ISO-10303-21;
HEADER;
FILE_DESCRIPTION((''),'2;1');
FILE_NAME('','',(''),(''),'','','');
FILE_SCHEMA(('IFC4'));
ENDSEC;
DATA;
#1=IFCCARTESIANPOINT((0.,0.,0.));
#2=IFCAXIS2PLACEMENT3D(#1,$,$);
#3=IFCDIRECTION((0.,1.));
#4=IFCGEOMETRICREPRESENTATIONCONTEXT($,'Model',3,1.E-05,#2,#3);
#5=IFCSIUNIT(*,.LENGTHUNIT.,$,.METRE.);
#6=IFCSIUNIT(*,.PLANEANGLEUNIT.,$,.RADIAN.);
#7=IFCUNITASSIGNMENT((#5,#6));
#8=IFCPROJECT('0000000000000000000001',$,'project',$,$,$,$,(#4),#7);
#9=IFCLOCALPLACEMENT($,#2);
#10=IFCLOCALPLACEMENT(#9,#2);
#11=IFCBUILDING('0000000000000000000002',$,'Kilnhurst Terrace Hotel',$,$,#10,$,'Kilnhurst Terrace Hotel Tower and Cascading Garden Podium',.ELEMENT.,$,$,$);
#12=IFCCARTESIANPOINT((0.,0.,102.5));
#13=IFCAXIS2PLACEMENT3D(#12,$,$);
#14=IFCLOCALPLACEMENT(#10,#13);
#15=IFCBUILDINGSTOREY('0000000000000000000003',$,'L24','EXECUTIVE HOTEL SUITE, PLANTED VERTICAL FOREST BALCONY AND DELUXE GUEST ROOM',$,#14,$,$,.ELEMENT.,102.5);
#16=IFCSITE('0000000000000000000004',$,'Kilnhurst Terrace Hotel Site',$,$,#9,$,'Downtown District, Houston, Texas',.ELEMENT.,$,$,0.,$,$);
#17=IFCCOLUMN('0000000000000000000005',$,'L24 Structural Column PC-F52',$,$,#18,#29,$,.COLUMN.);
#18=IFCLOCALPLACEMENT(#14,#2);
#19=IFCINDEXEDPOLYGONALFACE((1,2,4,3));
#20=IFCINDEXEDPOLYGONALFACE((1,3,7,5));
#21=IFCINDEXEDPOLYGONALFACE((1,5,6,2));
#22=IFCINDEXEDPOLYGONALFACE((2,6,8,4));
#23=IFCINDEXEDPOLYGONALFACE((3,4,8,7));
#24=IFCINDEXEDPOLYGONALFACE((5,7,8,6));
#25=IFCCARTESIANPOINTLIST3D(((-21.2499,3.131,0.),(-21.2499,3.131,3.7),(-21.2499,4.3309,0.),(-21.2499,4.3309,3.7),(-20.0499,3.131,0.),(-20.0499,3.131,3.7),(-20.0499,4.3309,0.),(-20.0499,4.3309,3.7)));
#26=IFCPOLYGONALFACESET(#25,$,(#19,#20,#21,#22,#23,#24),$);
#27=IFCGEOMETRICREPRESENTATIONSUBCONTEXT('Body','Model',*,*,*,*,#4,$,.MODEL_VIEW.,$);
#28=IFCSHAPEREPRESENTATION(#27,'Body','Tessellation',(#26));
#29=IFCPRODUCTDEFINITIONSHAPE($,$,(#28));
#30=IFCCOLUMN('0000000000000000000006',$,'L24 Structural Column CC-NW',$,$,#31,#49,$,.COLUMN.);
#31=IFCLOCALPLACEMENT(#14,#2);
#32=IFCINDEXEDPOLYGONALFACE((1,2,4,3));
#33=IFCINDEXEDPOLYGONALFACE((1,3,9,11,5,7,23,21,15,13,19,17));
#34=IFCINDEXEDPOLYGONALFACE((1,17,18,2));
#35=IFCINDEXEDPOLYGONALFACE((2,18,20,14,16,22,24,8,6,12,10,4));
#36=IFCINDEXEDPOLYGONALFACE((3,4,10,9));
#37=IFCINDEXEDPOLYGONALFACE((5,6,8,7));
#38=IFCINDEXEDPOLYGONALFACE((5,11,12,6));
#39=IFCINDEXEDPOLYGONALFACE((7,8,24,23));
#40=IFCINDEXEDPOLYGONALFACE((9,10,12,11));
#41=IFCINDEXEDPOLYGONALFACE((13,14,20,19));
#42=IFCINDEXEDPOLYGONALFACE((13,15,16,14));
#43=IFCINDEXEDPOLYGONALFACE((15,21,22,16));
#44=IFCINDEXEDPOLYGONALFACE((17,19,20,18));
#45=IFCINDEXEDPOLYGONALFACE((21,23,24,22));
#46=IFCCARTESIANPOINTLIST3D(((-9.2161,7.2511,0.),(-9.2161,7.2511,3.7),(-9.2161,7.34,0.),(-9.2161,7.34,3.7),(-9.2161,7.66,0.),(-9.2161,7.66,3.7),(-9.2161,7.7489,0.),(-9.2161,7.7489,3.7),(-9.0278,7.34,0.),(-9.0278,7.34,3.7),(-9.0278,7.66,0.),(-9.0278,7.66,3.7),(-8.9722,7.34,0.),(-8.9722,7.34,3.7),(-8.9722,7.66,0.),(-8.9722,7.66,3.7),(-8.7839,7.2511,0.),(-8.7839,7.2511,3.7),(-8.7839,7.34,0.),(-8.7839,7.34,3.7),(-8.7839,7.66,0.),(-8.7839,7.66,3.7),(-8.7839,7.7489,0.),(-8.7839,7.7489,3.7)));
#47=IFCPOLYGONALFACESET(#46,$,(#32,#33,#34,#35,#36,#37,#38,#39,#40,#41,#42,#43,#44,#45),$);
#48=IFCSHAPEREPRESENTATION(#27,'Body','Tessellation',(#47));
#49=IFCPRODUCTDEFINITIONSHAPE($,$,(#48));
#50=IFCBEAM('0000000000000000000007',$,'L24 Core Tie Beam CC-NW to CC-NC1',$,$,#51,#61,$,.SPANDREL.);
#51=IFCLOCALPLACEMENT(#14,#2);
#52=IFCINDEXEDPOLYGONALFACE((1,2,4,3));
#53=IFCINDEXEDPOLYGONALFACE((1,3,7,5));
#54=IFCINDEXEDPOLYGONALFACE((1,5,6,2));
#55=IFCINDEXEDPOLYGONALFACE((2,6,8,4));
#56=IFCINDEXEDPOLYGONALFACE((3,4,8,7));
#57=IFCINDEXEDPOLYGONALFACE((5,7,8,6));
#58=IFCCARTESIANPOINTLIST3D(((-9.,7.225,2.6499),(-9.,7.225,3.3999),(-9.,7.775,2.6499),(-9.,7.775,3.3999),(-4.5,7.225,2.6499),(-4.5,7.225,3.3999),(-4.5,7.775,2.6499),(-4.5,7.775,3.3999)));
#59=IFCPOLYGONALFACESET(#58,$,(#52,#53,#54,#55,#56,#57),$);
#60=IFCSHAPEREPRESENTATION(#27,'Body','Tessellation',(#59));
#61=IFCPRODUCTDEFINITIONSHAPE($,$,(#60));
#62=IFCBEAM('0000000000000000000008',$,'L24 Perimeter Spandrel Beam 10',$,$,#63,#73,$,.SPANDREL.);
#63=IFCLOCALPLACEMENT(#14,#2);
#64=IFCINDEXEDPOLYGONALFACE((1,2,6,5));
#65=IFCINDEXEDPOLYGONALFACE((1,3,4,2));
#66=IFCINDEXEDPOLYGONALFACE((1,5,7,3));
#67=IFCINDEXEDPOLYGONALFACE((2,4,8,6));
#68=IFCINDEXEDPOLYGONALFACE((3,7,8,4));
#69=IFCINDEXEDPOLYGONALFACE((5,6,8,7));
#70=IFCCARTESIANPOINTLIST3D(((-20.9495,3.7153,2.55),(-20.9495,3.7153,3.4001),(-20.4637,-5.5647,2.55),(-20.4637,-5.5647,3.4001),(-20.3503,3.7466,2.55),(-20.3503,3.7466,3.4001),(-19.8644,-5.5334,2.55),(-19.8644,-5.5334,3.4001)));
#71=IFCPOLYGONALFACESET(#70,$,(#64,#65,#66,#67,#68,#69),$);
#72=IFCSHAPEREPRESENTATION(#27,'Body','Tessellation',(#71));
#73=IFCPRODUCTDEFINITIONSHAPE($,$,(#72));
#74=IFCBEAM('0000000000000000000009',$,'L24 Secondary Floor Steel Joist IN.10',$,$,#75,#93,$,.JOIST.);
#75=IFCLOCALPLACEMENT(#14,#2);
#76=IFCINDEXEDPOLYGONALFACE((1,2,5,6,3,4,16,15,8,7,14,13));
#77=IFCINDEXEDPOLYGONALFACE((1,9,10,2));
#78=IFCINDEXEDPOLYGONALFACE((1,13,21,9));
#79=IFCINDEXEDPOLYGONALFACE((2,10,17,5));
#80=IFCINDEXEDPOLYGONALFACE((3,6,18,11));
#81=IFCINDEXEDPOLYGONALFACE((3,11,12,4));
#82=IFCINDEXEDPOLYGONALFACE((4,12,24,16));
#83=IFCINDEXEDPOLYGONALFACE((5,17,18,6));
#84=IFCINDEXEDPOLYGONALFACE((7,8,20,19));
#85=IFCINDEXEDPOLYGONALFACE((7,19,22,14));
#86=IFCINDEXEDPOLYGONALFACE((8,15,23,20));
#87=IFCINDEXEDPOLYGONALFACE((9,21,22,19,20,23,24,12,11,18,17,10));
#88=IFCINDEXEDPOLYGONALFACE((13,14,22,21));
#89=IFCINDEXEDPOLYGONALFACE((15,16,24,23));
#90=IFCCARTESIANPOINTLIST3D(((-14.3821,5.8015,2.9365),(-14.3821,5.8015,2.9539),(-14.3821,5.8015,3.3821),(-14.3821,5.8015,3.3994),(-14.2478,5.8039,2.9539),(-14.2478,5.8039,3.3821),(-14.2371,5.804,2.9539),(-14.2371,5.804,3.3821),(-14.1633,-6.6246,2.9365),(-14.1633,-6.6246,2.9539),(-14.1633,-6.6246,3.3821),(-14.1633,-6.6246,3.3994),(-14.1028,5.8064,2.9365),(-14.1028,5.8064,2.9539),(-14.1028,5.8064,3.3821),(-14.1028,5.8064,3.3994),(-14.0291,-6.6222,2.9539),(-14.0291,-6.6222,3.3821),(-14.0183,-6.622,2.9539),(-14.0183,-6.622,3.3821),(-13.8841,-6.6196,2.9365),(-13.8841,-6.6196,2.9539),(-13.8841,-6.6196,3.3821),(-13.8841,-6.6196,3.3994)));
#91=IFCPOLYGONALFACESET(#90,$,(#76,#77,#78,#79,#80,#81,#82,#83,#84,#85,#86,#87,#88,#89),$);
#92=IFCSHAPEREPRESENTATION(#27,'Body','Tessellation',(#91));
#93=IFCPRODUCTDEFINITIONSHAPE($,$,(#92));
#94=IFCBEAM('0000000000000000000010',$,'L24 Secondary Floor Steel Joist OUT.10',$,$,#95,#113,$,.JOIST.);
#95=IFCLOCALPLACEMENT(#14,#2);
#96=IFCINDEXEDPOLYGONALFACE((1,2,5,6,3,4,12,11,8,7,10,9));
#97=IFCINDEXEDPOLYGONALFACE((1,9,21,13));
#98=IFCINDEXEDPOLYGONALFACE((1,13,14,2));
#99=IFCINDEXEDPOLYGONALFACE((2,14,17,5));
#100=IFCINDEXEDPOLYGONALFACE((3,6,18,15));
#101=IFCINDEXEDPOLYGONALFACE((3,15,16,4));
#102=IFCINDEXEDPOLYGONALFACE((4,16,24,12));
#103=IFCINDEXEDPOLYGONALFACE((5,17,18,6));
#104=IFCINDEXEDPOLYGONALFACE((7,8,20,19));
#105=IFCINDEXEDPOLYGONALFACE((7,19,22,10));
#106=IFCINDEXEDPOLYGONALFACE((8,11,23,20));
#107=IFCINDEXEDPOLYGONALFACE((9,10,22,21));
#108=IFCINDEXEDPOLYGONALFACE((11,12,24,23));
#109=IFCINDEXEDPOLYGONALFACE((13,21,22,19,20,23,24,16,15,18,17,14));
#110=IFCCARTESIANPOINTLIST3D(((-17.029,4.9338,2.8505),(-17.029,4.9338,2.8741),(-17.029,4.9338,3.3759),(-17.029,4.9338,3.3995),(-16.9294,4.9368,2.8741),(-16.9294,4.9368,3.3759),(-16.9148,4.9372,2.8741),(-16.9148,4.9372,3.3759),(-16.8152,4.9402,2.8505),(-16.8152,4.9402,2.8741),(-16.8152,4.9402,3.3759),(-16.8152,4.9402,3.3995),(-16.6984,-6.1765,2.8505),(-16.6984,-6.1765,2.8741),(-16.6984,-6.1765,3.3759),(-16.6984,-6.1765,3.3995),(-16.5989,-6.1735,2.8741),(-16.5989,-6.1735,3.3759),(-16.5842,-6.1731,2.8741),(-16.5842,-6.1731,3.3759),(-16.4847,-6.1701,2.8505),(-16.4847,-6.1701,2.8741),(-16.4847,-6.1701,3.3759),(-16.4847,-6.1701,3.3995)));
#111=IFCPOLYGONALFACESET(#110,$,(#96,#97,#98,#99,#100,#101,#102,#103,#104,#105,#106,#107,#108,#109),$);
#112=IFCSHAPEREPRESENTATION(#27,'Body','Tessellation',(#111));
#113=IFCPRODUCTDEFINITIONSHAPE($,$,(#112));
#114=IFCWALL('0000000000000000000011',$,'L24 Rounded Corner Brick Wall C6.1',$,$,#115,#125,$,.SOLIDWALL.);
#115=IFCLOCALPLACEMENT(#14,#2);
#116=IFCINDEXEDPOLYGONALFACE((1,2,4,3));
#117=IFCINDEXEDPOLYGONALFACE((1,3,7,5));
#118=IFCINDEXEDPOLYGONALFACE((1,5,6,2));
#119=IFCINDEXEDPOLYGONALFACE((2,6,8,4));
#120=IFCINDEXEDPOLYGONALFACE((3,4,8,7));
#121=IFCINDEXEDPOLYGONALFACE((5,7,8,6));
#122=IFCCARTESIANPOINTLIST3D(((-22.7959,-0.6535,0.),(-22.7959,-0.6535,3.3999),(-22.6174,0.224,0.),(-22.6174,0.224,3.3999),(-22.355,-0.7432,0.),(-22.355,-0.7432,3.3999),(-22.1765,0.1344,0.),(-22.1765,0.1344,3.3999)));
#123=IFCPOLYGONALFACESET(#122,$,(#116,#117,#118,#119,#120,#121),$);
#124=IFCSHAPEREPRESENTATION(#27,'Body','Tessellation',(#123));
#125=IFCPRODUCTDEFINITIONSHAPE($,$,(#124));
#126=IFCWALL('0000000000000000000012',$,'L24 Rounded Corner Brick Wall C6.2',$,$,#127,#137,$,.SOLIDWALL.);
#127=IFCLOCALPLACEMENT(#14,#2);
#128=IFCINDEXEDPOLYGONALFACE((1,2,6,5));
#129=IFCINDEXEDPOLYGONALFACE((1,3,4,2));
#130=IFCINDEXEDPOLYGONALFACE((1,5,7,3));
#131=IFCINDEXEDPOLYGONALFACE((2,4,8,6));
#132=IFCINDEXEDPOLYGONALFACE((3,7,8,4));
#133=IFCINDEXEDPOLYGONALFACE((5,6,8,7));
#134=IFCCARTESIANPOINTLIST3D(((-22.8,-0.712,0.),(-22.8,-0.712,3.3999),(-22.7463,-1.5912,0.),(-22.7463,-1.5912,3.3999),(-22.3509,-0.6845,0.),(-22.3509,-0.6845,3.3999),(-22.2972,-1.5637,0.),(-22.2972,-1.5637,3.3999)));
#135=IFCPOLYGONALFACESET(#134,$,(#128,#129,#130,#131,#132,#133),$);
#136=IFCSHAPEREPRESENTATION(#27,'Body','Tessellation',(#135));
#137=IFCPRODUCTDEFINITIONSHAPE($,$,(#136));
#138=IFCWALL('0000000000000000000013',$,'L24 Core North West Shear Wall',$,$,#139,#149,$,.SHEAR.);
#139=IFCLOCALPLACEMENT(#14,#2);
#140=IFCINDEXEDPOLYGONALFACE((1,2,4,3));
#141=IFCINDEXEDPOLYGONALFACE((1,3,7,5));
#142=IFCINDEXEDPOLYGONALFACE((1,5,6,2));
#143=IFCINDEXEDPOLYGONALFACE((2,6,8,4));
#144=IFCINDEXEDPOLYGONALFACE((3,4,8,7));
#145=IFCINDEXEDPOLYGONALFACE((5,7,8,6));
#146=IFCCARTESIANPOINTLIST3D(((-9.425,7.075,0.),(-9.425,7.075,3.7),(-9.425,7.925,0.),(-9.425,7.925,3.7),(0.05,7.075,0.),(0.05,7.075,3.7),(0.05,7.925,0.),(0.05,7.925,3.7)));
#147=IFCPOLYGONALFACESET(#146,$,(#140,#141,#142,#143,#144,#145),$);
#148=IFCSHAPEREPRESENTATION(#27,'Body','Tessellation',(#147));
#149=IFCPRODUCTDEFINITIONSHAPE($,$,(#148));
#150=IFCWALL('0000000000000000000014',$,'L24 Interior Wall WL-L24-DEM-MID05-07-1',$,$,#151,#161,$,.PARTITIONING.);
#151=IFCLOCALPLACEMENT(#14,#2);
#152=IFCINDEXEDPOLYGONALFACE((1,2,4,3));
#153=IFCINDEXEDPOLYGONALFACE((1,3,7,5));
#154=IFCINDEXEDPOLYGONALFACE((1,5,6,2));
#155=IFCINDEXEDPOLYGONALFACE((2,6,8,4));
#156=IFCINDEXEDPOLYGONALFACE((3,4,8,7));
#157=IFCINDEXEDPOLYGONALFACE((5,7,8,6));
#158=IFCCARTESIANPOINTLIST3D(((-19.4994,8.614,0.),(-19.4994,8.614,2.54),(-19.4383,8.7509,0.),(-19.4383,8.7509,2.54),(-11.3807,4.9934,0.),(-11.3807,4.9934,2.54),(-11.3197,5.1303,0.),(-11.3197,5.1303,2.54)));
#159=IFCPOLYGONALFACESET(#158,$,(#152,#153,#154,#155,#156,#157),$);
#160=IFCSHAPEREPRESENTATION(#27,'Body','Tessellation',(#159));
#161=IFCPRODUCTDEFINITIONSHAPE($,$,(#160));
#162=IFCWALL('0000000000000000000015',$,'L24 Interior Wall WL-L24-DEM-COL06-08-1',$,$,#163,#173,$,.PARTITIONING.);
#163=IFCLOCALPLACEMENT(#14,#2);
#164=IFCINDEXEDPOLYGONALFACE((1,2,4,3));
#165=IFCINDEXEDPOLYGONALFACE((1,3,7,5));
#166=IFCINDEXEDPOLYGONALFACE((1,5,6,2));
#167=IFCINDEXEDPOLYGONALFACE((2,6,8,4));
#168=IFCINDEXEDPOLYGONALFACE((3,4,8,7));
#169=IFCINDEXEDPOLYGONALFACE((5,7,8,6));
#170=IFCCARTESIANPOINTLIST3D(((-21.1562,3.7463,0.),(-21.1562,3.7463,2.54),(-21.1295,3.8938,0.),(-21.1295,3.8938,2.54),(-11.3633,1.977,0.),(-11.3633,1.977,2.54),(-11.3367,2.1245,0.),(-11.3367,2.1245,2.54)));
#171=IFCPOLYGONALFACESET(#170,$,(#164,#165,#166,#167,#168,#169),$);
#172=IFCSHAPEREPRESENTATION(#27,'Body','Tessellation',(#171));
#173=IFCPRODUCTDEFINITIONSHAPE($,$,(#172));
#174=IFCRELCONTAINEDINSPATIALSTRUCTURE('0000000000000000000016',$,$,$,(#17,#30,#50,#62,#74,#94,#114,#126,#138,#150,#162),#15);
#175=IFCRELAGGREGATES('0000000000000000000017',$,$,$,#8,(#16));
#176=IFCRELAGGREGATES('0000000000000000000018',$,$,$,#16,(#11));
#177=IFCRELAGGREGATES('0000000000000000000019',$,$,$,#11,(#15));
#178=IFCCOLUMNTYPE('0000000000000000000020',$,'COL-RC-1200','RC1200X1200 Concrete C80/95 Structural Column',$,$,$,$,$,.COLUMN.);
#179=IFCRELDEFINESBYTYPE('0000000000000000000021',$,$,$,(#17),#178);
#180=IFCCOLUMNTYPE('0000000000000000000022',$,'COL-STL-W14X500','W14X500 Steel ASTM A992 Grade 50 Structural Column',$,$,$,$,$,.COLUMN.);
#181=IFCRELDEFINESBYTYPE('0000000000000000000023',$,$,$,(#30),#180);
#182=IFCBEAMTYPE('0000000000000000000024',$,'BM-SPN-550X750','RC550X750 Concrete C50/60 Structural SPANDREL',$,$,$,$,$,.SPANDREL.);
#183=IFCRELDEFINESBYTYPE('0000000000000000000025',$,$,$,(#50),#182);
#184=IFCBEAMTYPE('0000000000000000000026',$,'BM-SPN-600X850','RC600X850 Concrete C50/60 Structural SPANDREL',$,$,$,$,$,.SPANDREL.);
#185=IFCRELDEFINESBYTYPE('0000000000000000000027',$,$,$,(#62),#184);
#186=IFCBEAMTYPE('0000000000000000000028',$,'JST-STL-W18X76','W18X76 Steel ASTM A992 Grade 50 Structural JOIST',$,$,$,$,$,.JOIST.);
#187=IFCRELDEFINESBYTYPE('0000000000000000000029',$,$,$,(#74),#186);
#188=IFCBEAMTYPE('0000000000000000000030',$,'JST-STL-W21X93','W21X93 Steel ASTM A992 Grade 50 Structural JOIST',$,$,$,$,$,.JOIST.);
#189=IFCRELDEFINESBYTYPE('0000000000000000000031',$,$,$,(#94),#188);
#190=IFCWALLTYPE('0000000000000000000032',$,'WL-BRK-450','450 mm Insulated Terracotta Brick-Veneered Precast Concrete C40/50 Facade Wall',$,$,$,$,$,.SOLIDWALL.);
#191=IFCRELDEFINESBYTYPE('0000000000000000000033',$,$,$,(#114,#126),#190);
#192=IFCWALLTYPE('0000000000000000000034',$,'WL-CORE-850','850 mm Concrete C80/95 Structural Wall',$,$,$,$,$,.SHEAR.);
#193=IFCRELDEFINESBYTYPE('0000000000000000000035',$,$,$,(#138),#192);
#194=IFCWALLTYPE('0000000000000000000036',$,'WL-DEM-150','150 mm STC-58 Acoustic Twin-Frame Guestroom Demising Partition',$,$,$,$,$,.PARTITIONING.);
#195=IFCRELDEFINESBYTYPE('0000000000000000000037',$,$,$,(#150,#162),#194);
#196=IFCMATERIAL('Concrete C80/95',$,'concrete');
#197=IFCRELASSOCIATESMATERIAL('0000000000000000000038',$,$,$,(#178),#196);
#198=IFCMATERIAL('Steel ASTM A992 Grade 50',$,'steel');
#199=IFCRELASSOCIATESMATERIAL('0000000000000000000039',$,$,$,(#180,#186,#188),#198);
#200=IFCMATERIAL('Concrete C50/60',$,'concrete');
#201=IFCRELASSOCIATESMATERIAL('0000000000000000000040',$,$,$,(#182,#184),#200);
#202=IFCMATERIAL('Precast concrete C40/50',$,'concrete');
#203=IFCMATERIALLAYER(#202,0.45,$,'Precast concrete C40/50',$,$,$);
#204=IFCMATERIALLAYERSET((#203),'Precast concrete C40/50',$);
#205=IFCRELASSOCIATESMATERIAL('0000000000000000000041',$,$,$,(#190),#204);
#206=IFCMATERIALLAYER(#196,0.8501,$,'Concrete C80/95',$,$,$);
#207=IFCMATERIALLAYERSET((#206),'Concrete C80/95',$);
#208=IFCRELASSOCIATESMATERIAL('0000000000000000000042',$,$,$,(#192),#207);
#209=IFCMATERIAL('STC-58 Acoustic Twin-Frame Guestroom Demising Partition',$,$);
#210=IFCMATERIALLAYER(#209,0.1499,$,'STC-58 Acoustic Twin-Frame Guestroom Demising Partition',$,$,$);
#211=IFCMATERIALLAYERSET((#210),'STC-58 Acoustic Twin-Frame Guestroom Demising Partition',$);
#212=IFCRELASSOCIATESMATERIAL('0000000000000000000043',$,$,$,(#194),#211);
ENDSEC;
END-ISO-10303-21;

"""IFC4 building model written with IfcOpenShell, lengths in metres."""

from ifc_helpers import new_model, si_unit, direction, frame, frame_2d, origin, origin_2d, place, context, subcontext, project, spatial, rectangle, i_section, extrude, material, layer, layer_set, material_profile, profile_set, type_object, element, save


model = new_model("IFC4")

# Units and contexts
model_context = context("Model", 3, precision=1e-05, world=origin(), true_north=direction((0.0, 1.0)))
body_context = subcontext(model_context, "Body", "Model", "MODEL_VIEW")
ifc_project = project(units=[si_unit("LENGTHUNIT", "METRE"), si_unit("PLANEANGLEUNIT", "RADIAN")], contexts=[model_context])

# Site, building, storey
site_placement = place(None, origin())
site = spatial("IfcSite", under=ifc_project, at=site_placement, Name="Kilnhurst Terrace Hotel Site", LongName="Downtown District, Houston, Texas", CompositionType="ELEMENT", RefElevation=0.0)
building_placement = place(site_placement, origin())
building = spatial("IfcBuilding", under=site, at=building_placement, Name="Kilnhurst Terrace Hotel", LongName="Kilnhurst Terrace Hotel Tower and Cascading Garden Podium", CompositionType="ELEMENT")
storey_placement = place(building_placement, frame((0.0, 0.0, 102.5)))
storey = spatial("IfcBuildingStorey", under=building, at=storey_placement, Name="L24", Description="EXECUTIVE HOTEL SUITE, PLANTED VERTICAL FOREST BALCONY AND DELUXE GUEST ROOM", CompositionType="ELEMENT", Elevation=102.5)

# Columns
ifc_material_1 = material(Name="Concrete C80/95", Category="concrete")
ifc_material_profile_1 = material_profile(ifc_material_1, rectangle(XDim=1.2, YDim=1.2, at=origin_2d()), Name="RC1200X1200")
ifc_profile_set_1 = profile_set([ifc_material_profile_1], Name="Concrete C80/95")
column_type_1 = type_object("IfcColumnType", Name="COL-RC-1200", Description="RC1200X1200 Concrete C80/95 Structural Column", PredefinedType="COLUMN", material=ifc_profile_set_1)
column_1_placement = place(storey_placement, frame((-20.6499, 3.731, 0.0), z_axis=(0.0, 0.0, 1.0), x_axis=(1.0, 0.0, 0.0)))
element("IfcColumn", 1, at=column_1_placement, inside=storey, type_object=column_type_1, Name="L24 Structural Column PC-F52", PredefinedType="COLUMN", context=body_context, shape_type="SweptSolid", body=[
    extrude(rectangle(XDim=1.2, YDim=1.2, at=origin_2d()), origin(), (0.0, 0.0, 1.0), 3.7),
])
ifc_material_2 = material(Name="Steel ASTM A992 Grade 50", Category="steel")
ifc_material_profile_2 = material_profile(ifc_material_2, i_section(OverallWidth=0.4321, OverallDepth=0.4978, WebThickness=0.0557, FlangeThickness=0.0889, at=origin_2d()), Name="W14X500")
ifc_profile_set_2 = profile_set([ifc_material_profile_2], Name="Steel ASTM A992 Grade 50")
column_type_2 = type_object("IfcColumnType", Name="COL-STL-W14X500", Description="W14X500 Steel ASTM A992 Grade 50 Structural Column", PredefinedType="COLUMN", material=ifc_profile_set_2)
column_2_placement = place(storey_placement, frame((-9.0, 7.5, 0.0), z_axis=(0.0, 0.0, 1.0), x_axis=(1.0, 0.0, 0.0)))
element("IfcColumn", 2, at=column_2_placement, inside=storey, type_object=column_type_2, Name="L24 Structural Column CC-NW", PredefinedType="COLUMN", context=body_context, shape_type="SweptSolid", body=[
    extrude(i_section(OverallWidth=0.4321, OverallDepth=0.4978, WebThickness=0.0557, FlangeThickness=0.0889, at=origin_2d()), origin(), (0.0, 0.0, 1.0), 3.7),
])

# Beams
ifc_material_3 = material(Name="Concrete C50/60", Category="concrete")
ifc_material_profile_3 = material_profile(ifc_material_3, rectangle(XDim=0.55, YDim=0.75, at=origin_2d()), Name="RC550X750")
ifc_profile_set_3 = profile_set([ifc_material_profile_3], Name="Concrete C50/60")
beam_type_1 = type_object("IfcBeamType", Name="BM-SPN-550X750", Description="RC550X750 Concrete C50/60 Structural SPANDREL", PredefinedType="SPANDREL", material=ifc_profile_set_3)
beam_1_placement = place(storey_placement, frame((-9.0, 7.5, 3.0249), z_axis=(1.0, 0.0, 0.0), x_axis=(0.0, 1.0, 0.0)))
element("IfcBeam", 3, at=beam_1_placement, inside=storey, type_object=beam_type_1, Name="L24 Core Tie Beam CC-NW to CC-NC1", PredefinedType="SPANDREL", context=body_context, shape_type="SweptSolid", body=[
    extrude(rectangle(XDim=0.55, YDim=0.75, at=origin_2d()), origin(), (0.0, 0.0, 1.0), 4.5),
])
ifc_material_profile_4 = material_profile(ifc_material_3, rectangle(XDim=0.6001, YDim=0.8501, at=origin_2d()), Name="RC600X850")
ifc_profile_set_4 = profile_set([ifc_material_profile_4], Name="Concrete C50/60")
beam_type_2 = type_object("IfcBeamType", Name="BM-SPN-600X850", Description="RC600X850 Concrete C50/60 Structural SPANDREL", PredefinedType="SPANDREL", material=ifc_profile_set_4)
beam_2_placement = place(storey_placement, frame((-20.6499, 3.731, 2.9751), z_axis=(0.052282, -0.998632, 0.0), x_axis=(0.998632, 0.052282, 0.0)))
element("IfcBeam", 4, at=beam_2_placement, inside=storey, type_object=beam_type_2, Name="L24 Perimeter Spandrel Beam 10", PredefinedType="SPANDREL", context=body_context, shape_type="SweptSolid", body=[
    extrude(rectangle(XDim=0.6001, YDim=0.8501, at=origin_2d()), origin(), (0.0, 0.0, 1.0), 9.2927),
])
ifc_material_profile_5 = material_profile(ifc_material_2, i_section(OverallWidth=0.2793, OverallDepth=0.4629, WebThickness=0.0107, FlangeThickness=0.0173, at=origin_2d()), Name="W18X76")
ifc_profile_set_5 = profile_set([ifc_material_profile_5], Name="Steel ASTM A992 Grade 50")
beam_type_3 = type_object("IfcBeamType", Name="JST-STL-W18X76", Description="W18X76 Steel ASTM A992 Grade 50 Structural JOIST", PredefinedType="JOIST", material=ifc_profile_set_5)
beam_3_placement = place(storey_placement, frame((-14.2424, 5.804, 3.168), z_axis=(0.017601, -0.999845, 0.0), x_axis=(0.999845, 0.017601, 0.0)))
element("IfcBeam", 5, at=beam_3_placement, inside=storey, type_object=beam_type_3, Name="L24 Secondary Floor Steel Joist IN.10", PredefinedType="JOIST", context=body_context, shape_type="SweptSolid", body=[
    extrude(i_section(OverallWidth=0.2793, OverallDepth=0.4629, WebThickness=0.0107, FlangeThickness=0.0173, at=origin_2d()), origin(), (0.0, 0.0, 1.0), 12.428),
])
ifc_material_profile_6 = material_profile(ifc_material_2, i_section(OverallWidth=0.2139, OverallDepth=0.5491, WebThickness=0.0146, FlangeThickness=0.0237, at=origin_2d()), Name="W21X93")
ifc_profile_set_6 = profile_set([ifc_material_profile_6], Name="Steel ASTM A992 Grade 50")
beam_type_4 = type_object("IfcBeamType", Name="JST-STL-W21X93", Description="W21X93 Steel ASTM A992 Grade 50 Structural JOIST", PredefinedType="JOIST", material=ifc_profile_set_6)
beam_4_placement = place(storey_placement, frame((-16.9221, 4.937, 3.125), z_axis=(0.02974, -0.999558, 0.0), x_axis=(0.999558, 0.02974, 0.0)))
element("IfcBeam", 6, at=beam_4_placement, inside=storey, type_object=beam_type_4, Name="L24 Secondary Floor Steel Joist OUT.10", PredefinedType="JOIST", context=body_context, shape_type="SweptSolid", body=[
    extrude(i_section(OverallWidth=0.2139, OverallDepth=0.5491, WebThickness=0.0146, FlangeThickness=0.0237, at=origin_2d()), origin(), (0.0, 0.0, 1.0), 11.1152),
])

# Walls
ifc_material_4 = material(Name="Precast concrete C40/50", Category="concrete")
ifc_layer_1 = layer(ifc_material_4, 0.45, Name="Precast concrete C40/50")
ifc_layer_set_1 = layer_set([ifc_layer_1], Name="Precast concrete C40/50")
wall_type_1 = type_object("IfcWallType", Name="WL-BRK-450", Description="450 mm Insulated Terracotta Brick-Veneered Precast Concrete C40/50 Facade Wall", PredefinedType="SOLIDWALL", material=ifc_layer_set_1)
wall_1_placement = place(storey_placement, frame((-22.397, 0.1792, 0.0), z_axis=(0.0, 0.0, 1.0), x_axis=(-0.199314, -0.979936, 0.0)))
element("IfcWall", 7, at=wall_1_placement, inside=storey, type_object=wall_type_1, Name="L24 Rounded Corner Brick Wall C6.1", PredefinedType="SOLIDWALL", context=body_context, shape_type="SweptSolid", body=[
    extrude(rectangle(XDim=0.8955, YDim=0.45, at=frame_2d((0.4478, 0.0))), origin(), (0.0, 0.0, 1.0), 3.3999),
])
wall_2_placement = place(storey_placement, frame((-22.5754, -0.6982, 0.0), z_axis=(0.0, 0.0, 1.0), x_axis=(0.06098, -0.998139, 0.0)))
element("IfcWall", 8, at=wall_2_placement, inside=storey, type_object=wall_type_1, Name="L24 Rounded Corner Brick Wall C6.2", PredefinedType="SOLIDWALL", context=body_context, shape_type="SweptSolid", body=[
    extrude(rectangle(XDim=0.8809, YDim=0.45, at=frame_2d((0.4404, 0.0))), origin(), (0.0, 0.0, 1.0), 3.3999),
])
ifc_layer_2 = layer(ifc_material_1, 0.8501, Name="Concrete C80/95")
ifc_layer_set_2 = layer_set([ifc_layer_2], Name="Concrete C80/95")
wall_type_2 = type_object("IfcWallType", Name="WL-CORE-850", Description="850 mm Concrete C80/95 Structural Wall", PredefinedType="SHEAR", material=ifc_layer_set_2)
wall_3_placement = place(storey_placement, frame((-9.425, 7.5, 0.0), z_axis=(0.0, 0.0, 1.0), x_axis=(1.0, 0.0, 0.0)))
element("IfcWall", 9, at=wall_3_placement, inside=storey, type_object=wall_type_2, Name="L24 Core North West Shear Wall", PredefinedType="SHEAR", context=body_context, shape_type="SweptSolid", body=[
    extrude(rectangle(XDim=9.4751, YDim=0.8501, at=frame_2d((4.7375, 0.0))), origin(), (0.0, 0.0, 1.0), 3.7),
])
ifc_material_5 = material(Name="STC-58 Acoustic Twin-Frame Guestroom Demising Partition")
ifc_layer_3 = layer(ifc_material_5, 0.1499, Name="STC-58 Acoustic Twin-Frame Guestroom Demising Partition")
ifc_layer_set_3 = layer_set([ifc_layer_3], Name="STC-58 Acoustic Twin-Frame Guestroom Demising Partition")
wall_type_3 = type_object("IfcWallType", Name="WL-DEM-150", Description="150 mm STC-58 Acoustic Twin-Frame Guestroom Demising Partition", PredefinedType="PARTITIONING", material=ifc_layer_set_3)
wall_4_placement = place(storey_placement, frame((-11.3501, 5.0618, 0.0), z_axis=(0.0, 0.0, 1.0), x_axis=(-0.913297, 0.407295, 0.0)))
element("IfcWall", 10, at=wall_4_placement, inside=storey, type_object=wall_type_3, Name="L24 Interior Wall WL-L24-DEM-MID05-07-1", PredefinedType="PARTITIONING", context=body_context, shape_type="SweptSolid", body=[
    extrude(rectangle(XDim=8.8894, YDim=0.1499, at=frame_2d((4.4448, 0.0))), origin(), (0.0, 0.0, 1.0), 2.54),
])
wall_5_placement = place(storey_placement, frame((-11.3501, 2.0508, 0.0), z_axis=(0.0, 0.0, 1.0), x_axis=(-0.984068, 0.177791, 0.0)))
element("IfcWall", 11, at=wall_5_placement, inside=storey, type_object=wall_type_3, Name="L24 Interior Wall WL-L24-DEM-COL06-08-1", PredefinedType="PARTITIONING", context=body_context, shape_type="SweptSolid", body=[
    extrude(rectangle(XDim=9.9514, YDim=0.1499, at=frame_2d((4.9756, 0.0))), origin(), (0.0, 0.0, 1.0), 2.54),
])

save(model, "model.ifc")
